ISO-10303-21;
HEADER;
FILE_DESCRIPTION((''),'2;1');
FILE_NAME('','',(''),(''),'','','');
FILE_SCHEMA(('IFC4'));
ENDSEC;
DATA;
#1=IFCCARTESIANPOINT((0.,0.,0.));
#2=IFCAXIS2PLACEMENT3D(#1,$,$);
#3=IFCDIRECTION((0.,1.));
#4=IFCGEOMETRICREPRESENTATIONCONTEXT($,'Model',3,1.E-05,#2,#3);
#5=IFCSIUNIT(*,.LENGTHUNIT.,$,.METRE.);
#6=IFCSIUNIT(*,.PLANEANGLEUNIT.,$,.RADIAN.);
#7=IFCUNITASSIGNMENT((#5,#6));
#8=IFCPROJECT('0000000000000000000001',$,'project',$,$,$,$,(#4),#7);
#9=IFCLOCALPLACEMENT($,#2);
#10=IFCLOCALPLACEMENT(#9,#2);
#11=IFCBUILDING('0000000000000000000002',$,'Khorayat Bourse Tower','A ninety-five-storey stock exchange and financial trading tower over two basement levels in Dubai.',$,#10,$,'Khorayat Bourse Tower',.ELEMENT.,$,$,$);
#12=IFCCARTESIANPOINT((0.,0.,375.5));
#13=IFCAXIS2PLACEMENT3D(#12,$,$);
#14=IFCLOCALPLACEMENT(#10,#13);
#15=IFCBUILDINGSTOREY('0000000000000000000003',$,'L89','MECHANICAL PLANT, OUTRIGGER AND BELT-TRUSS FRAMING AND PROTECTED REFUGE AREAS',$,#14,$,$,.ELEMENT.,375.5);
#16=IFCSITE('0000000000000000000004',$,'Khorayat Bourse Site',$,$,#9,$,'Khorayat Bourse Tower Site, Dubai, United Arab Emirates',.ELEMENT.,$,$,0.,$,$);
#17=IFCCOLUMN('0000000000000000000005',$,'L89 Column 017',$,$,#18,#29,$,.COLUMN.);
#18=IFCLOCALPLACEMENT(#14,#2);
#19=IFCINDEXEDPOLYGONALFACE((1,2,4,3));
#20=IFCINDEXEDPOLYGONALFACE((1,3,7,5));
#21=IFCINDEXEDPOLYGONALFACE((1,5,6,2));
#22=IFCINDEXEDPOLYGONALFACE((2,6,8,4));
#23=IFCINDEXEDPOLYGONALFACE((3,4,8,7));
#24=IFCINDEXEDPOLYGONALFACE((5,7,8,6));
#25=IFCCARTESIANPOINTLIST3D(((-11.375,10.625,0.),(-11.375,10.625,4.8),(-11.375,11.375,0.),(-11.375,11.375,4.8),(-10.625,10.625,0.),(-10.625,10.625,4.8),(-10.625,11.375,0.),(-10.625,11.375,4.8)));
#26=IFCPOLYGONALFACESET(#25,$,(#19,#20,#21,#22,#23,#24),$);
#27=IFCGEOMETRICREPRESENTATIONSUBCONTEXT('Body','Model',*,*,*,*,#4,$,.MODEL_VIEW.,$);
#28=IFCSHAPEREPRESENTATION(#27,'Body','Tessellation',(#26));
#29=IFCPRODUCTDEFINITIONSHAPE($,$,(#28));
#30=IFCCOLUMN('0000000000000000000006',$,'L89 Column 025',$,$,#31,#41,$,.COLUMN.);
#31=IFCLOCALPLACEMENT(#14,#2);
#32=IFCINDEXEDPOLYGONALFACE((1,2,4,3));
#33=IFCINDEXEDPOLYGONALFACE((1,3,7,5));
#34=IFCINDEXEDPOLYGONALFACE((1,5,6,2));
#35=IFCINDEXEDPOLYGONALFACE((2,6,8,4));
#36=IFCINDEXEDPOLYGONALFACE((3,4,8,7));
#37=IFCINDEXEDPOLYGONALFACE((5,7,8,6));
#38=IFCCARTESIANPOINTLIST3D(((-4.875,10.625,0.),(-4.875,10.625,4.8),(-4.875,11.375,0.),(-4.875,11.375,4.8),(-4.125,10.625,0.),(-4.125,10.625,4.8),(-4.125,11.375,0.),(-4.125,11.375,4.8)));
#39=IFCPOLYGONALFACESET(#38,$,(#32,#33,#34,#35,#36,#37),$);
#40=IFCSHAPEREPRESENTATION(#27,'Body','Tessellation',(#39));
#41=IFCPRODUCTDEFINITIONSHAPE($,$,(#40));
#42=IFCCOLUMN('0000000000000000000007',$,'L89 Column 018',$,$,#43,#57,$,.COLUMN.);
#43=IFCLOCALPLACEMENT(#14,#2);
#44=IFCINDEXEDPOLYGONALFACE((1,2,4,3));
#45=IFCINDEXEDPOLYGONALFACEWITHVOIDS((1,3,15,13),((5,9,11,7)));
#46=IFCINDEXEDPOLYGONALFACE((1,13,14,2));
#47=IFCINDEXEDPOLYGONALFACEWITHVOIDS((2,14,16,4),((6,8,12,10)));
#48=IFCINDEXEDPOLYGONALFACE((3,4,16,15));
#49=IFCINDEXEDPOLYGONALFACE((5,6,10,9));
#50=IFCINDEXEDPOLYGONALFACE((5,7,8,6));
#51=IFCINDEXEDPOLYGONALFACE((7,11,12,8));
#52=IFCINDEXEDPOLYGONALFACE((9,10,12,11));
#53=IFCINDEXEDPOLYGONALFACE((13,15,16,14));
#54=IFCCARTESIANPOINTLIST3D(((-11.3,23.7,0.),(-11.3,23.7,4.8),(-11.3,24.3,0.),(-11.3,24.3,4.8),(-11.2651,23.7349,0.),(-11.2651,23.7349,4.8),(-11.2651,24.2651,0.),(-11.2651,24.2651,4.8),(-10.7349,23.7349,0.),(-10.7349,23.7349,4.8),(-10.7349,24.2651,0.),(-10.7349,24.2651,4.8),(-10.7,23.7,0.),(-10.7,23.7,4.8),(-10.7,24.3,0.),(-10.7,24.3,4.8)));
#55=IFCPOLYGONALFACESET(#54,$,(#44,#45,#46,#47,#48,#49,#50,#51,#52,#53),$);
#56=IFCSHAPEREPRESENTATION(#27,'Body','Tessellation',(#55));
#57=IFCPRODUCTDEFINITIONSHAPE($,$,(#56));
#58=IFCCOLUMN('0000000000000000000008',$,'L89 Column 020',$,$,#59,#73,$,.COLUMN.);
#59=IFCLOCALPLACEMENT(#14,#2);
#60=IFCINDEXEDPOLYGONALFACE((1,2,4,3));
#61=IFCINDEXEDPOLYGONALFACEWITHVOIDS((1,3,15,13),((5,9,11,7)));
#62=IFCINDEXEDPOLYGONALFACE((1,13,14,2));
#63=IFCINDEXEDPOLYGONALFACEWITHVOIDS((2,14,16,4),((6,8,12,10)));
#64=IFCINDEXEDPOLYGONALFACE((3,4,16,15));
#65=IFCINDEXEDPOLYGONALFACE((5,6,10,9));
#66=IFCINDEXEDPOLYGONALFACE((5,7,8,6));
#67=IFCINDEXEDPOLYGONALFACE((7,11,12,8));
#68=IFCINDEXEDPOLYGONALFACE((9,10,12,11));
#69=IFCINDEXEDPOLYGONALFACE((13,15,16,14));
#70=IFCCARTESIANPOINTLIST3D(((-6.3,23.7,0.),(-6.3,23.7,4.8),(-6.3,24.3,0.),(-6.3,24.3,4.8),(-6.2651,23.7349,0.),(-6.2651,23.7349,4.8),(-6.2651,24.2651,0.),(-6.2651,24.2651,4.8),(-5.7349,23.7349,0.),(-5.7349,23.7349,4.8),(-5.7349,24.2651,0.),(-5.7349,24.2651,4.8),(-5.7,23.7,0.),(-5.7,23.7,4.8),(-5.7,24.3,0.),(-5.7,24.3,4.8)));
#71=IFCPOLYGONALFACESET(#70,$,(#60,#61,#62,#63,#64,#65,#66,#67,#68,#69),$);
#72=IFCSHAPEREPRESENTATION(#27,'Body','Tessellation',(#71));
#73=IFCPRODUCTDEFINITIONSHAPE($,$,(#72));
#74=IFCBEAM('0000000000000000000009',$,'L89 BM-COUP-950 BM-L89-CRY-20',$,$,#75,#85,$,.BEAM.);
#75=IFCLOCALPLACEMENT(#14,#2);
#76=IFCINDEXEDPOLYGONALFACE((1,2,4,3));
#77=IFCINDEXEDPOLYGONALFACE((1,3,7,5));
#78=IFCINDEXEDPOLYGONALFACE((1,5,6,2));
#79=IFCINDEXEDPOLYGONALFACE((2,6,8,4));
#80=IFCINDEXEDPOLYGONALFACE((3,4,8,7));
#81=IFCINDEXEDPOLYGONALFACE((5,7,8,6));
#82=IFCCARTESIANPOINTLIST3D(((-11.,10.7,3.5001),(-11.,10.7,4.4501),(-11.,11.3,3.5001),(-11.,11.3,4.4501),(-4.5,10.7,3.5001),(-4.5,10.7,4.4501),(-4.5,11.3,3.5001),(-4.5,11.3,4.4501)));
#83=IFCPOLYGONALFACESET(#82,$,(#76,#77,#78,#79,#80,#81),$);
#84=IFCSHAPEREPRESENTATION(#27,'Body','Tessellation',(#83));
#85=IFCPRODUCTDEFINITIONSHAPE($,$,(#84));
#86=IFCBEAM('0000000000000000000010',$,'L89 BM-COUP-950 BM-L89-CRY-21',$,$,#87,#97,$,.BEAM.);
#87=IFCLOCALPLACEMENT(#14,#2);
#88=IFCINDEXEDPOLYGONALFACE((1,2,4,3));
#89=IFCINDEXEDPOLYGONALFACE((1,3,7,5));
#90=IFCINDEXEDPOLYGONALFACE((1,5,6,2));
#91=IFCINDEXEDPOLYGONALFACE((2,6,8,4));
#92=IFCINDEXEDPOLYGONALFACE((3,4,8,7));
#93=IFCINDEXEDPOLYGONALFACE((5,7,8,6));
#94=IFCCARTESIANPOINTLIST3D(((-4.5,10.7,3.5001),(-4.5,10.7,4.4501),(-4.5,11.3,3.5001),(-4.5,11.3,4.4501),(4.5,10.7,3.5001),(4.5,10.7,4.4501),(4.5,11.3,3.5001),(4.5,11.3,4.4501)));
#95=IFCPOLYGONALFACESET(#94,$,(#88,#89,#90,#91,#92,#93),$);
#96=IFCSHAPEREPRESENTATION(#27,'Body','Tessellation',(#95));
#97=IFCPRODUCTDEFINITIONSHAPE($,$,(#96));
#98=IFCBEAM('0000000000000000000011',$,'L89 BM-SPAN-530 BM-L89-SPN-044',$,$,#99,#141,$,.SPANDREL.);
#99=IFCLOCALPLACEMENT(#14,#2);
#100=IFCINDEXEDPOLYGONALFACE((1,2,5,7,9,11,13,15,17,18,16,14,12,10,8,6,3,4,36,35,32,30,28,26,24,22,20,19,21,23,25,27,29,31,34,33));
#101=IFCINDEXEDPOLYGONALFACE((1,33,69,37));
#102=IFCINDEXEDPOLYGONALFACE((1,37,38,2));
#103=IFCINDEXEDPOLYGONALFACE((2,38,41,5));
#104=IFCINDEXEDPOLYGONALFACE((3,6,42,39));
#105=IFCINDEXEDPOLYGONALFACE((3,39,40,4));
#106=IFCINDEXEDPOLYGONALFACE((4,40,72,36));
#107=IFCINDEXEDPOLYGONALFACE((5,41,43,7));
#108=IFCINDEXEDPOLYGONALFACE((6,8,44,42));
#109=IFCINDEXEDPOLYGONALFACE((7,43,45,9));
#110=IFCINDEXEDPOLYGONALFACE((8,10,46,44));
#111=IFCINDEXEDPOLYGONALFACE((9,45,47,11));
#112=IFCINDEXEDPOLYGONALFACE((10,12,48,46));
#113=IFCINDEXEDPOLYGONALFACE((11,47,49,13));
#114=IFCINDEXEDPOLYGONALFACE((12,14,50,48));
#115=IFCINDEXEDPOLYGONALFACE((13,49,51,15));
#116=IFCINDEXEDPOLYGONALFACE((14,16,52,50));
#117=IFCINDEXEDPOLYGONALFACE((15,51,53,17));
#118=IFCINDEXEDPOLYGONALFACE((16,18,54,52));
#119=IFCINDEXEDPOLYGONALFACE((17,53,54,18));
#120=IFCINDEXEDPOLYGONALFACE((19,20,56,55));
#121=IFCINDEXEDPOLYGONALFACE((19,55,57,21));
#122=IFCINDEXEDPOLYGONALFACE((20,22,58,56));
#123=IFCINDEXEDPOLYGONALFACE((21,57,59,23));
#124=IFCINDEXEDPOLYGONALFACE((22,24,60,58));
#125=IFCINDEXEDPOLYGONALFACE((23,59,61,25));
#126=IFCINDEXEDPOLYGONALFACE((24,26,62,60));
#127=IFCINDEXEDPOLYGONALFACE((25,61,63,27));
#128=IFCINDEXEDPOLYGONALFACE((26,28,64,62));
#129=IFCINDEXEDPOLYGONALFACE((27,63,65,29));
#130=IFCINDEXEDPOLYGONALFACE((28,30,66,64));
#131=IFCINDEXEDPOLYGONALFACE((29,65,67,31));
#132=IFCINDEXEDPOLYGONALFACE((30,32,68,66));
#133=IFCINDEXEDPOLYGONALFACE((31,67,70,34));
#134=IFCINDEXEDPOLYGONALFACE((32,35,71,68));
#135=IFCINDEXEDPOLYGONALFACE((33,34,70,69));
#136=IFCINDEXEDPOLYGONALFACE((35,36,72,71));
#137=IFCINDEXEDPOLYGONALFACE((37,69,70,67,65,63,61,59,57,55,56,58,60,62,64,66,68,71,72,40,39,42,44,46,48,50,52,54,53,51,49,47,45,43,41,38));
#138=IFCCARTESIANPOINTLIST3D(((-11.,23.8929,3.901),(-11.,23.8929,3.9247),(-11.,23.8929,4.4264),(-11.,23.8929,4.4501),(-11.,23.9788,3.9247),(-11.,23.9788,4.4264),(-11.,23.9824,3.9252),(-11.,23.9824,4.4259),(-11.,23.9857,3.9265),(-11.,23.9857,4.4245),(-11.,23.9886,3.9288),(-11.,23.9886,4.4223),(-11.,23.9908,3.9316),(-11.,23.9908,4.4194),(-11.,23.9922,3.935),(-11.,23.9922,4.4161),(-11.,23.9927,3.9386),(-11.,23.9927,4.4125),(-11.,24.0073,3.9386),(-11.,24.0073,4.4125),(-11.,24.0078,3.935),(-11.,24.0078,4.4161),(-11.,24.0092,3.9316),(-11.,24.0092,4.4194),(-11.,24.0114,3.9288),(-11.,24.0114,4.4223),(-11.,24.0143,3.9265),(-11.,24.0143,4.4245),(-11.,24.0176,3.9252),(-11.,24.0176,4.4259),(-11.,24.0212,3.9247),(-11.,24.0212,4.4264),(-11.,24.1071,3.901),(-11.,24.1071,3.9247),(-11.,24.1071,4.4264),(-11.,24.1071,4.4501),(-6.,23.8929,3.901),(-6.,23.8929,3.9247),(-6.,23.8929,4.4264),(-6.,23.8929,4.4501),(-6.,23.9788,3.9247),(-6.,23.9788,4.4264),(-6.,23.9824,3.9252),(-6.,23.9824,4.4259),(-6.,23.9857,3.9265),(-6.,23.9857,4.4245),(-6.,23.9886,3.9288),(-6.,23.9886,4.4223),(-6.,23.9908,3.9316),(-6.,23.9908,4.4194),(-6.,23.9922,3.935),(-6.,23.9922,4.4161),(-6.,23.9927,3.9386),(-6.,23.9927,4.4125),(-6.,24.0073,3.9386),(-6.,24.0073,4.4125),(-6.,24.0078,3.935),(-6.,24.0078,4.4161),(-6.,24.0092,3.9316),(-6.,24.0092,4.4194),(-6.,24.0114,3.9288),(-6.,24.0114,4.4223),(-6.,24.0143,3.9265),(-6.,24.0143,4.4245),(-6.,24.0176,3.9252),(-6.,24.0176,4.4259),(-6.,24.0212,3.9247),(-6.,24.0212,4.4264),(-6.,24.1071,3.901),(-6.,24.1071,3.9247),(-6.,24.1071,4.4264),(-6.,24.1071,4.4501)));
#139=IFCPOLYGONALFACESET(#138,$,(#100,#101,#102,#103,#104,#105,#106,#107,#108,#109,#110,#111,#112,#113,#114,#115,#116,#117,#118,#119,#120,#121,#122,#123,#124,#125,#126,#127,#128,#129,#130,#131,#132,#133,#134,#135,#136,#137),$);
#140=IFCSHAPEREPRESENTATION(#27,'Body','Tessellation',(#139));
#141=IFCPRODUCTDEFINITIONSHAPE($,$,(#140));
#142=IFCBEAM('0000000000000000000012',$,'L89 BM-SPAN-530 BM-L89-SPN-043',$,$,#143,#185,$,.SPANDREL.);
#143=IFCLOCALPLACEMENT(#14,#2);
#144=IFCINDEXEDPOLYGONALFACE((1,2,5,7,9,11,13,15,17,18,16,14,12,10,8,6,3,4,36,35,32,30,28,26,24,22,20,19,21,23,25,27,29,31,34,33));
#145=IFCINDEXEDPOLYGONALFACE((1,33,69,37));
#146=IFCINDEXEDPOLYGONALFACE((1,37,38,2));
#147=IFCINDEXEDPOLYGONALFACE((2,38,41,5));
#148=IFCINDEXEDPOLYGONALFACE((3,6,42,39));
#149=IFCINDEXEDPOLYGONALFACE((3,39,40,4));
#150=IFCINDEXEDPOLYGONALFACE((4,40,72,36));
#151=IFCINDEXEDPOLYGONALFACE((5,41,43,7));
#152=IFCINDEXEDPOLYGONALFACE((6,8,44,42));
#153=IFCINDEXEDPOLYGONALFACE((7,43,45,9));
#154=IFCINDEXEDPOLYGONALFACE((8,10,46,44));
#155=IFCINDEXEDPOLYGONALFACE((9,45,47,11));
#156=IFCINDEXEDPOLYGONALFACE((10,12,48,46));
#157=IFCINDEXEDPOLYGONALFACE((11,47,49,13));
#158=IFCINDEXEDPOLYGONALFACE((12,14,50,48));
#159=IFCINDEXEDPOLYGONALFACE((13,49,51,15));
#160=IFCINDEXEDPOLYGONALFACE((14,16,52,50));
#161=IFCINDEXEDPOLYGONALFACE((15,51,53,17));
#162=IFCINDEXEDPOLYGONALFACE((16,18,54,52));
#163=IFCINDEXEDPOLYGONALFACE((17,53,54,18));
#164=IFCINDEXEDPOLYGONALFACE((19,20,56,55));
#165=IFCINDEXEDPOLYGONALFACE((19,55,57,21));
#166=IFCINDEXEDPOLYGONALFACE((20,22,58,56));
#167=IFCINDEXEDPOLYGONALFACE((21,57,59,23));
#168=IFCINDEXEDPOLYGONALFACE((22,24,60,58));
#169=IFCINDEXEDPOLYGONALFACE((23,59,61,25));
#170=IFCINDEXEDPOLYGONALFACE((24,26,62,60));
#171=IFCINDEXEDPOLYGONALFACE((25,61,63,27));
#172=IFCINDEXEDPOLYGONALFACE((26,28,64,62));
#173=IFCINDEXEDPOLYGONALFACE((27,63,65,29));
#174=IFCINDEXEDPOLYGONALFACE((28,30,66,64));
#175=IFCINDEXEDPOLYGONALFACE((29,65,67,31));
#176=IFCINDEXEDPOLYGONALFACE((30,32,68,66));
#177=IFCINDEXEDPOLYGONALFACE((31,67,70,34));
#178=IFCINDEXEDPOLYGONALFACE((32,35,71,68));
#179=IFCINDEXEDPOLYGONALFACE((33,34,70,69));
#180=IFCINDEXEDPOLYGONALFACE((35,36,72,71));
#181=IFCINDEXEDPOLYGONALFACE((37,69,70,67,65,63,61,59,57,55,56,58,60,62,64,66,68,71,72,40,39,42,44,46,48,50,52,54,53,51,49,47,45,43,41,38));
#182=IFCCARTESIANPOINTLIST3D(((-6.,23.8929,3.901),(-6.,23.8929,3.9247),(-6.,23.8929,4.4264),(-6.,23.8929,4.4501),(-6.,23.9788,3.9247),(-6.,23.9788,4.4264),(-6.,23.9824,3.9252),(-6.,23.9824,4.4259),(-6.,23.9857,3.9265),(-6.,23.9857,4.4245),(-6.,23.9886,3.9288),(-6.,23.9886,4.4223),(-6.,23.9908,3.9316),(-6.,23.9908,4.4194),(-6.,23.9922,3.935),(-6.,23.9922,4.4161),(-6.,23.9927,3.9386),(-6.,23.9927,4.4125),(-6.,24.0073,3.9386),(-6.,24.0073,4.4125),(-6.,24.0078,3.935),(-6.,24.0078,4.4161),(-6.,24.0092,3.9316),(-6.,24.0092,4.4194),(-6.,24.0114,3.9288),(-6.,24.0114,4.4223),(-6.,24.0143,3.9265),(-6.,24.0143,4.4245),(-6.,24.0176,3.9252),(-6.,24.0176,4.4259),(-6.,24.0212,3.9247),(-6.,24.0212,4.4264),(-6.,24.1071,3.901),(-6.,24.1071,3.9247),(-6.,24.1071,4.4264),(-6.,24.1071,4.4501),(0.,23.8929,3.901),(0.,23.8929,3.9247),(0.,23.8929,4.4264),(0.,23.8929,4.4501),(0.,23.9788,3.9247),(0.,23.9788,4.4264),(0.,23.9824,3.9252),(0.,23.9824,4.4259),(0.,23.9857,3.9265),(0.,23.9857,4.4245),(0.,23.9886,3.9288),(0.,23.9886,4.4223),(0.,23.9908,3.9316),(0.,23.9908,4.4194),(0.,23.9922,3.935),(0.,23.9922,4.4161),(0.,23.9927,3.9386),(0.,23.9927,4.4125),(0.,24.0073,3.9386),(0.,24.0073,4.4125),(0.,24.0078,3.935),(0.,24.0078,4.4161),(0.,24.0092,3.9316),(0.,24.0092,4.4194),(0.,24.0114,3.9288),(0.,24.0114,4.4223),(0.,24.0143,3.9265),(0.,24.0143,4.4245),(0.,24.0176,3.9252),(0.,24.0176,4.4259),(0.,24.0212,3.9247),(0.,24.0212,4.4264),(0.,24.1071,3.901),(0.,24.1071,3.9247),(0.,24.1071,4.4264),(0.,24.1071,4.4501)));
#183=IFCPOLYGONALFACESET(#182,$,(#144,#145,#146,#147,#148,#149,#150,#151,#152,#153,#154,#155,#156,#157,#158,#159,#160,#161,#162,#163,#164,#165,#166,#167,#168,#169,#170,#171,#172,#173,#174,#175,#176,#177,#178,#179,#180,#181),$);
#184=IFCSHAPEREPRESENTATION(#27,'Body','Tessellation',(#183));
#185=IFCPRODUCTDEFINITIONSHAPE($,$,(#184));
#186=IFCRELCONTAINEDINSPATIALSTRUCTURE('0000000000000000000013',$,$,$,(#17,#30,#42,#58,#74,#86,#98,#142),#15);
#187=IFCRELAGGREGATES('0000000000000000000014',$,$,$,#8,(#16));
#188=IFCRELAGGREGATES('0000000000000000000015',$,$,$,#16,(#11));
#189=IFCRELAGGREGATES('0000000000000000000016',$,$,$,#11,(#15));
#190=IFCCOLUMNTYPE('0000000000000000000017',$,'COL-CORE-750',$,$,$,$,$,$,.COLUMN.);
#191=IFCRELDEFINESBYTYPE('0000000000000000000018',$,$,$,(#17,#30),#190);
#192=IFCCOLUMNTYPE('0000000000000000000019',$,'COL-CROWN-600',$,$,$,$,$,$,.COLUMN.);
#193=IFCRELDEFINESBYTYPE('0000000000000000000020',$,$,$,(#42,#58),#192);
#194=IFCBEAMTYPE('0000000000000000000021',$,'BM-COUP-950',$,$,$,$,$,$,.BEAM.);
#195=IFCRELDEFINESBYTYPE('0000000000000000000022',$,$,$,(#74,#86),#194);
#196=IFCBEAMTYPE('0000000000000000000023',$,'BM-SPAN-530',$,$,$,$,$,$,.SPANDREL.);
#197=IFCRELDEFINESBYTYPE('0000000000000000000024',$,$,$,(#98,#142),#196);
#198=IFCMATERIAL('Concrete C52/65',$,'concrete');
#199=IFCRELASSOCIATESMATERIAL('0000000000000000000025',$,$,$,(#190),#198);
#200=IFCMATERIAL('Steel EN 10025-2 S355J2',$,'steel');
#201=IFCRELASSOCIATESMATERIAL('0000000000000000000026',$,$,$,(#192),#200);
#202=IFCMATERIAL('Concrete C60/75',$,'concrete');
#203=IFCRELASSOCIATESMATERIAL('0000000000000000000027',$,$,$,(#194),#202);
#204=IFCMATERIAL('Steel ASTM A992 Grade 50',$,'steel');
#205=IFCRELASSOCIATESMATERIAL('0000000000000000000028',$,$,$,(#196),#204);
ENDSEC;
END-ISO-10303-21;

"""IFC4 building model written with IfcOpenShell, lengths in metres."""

from ifc_helpers import new_model, si_unit, direction, frame, origin, origin_2d, place, context, subcontext, project, spatial, rectangle, hollow_rectangle, i_section, extrude, source, transform, mapped, material, material_profile, profile_set, type_object, element, save


model = new_model("IFC4")

# Units and contexts
model_context = context("Model", 3, precision=1e-05, world=origin(), true_north=direction((0.0, 1.0)))
body_context = subcontext(model_context, "Body", "Model", "MODEL_VIEW")
ifc_project = project(units=[si_unit("LENGTHUNIT", "METRE"), si_unit("PLANEANGLEUNIT", "RADIAN")], contexts=[model_context])

# Site, building, storey
site_placement = place(None, origin())
site = spatial("IfcSite", under=ifc_project, at=site_placement, Name="Khorayat Bourse Site", LongName="Khorayat Bourse Tower Site, Dubai, United Arab Emirates", CompositionType="ELEMENT", RefElevation=0.0)
building_placement = place(site_placement, origin())
building = spatial("IfcBuilding", under=site, at=building_placement, Name="Khorayat Bourse Tower", Description="A ninety-five-storey stock exchange and financial trading tower over two basement levels in Dubai.", LongName="Khorayat Bourse Tower", CompositionType="ELEMENT")
storey_placement = place(building_placement, frame((0.0, 0.0, 375.5)))
storey = spatial("IfcBuildingStorey", under=building, at=storey_placement, Name="L89", Description="MECHANICAL PLANT, OUTRIGGER AND BELT-TRUSS FRAMING AND PROTECTED REFUGE AREAS", CompositionType="ELEMENT", Elevation=375.5)

# Columns
ifc_material_1 = material(Name="Concrete C52/65", Category="concrete")
ifc_material_profile_1 = material_profile(ifc_material_1, rectangle(XDim=0.75, YDim=0.75, at=origin_2d()), Name="RC 750x750")
ifc_profile_set_1 = profile_set([ifc_material_profile_1], Name="Concrete C52/65")
column_type_1 = type_object("IfcColumnType", Name="COL-CORE-750", PredefinedType="COLUMN", material=ifc_profile_set_1)
shared_shape_1 = source(origin(), body_context, "Body", "SweptSolid", [
    extrude(rectangle(XDim=0.75, YDim=0.75, at=origin_2d()), origin(), (0.0, 0.0, 1.0), 4.8),
])
for number, where, z_axis, x_axis, name in (
    (1, (-11.0, 11.0, 0.0), (0.0, 0.0, 1.0), (1.0, 0.0, 0.0), "L89 Column 017"),
    (2, (-4.5, 11.0, 0.0), (0.0, 0.0, 1.0), (1.0, 0.0, 0.0), "L89 Column 025"),
):
    element("IfcColumn", number, at=place(storey_placement, frame(where, z_axis=z_axis, x_axis=x_axis)), inside=storey, type_object=column_type_1, Name=name, PredefinedType="COLUMN", context=body_context, shape_type="MappedRepresentation", body=[
        mapped(shared_shape_1, transform((0.0, 0.0, 0.0), scale=1.0)),
    ])
ifc_material_2 = material(Name="Steel EN 10025-2 S355J2", Category="steel")
ifc_material_profile_2 = material_profile(ifc_material_2, hollow_rectangle(XDim=0.6001, YDim=0.6001, WallThickness=0.0349, at=origin_2d()), Name="BOX 600x600x35")
ifc_profile_set_2 = profile_set([ifc_material_profile_2], Name="Steel EN 10025-2 S355J2")
column_type_2 = type_object("IfcColumnType", Name="COL-CROWN-600", PredefinedType="COLUMN", material=ifc_profile_set_2)
shared_shape_2 = source(origin(), body_context, "Body", "SweptSolid", [
    extrude(hollow_rectangle(XDim=0.6001, YDim=0.6001, WallThickness=0.0349, at=origin_2d()), origin(), (0.0, 0.0, 1.0), 4.8),
])
for number, where, z_axis, x_axis, name in (
    (3, (-11.0, 24.0, 0.0), (0.0, 0.0, 1.0), (1.0, 0.0, 0.0), "L89 Column 018"),
    (4, (-6.0, 24.0, 0.0), (0.0, 0.0, 1.0), (1.0, 0.0, 0.0), "L89 Column 020"),
):
    element("IfcColumn", number, at=place(storey_placement, frame(where, z_axis=z_axis, x_axis=x_axis)), inside=storey, type_object=column_type_2, Name=name, PredefinedType="COLUMN", context=body_context, shape_type="MappedRepresentation", body=[
        mapped(shared_shape_2, transform((0.0, 0.0, 0.0), scale=1.0)),
    ])

# Beams
ifc_material_3 = material(Name="Concrete C60/75", Category="concrete")
ifc_material_profile_3 = material_profile(ifc_material_3, rectangle(XDim=0.6001, YDim=0.95, at=origin_2d()), Name="RC 600x950")
ifc_profile_set_3 = profile_set([ifc_material_profile_3], Name="Concrete C60/75")
beam_type_1 = type_object("IfcBeamType", Name="BM-COUP-950", PredefinedType="BEAM", material=ifc_profile_set_3)
shared_shape_3 = source(origin(), body_context, "Body", "SweptSolid", [
    extrude(rectangle(XDim=0.6001, YDim=0.95, at=origin_2d()), origin(), (0.0, 0.0, 1.0), 6.5),
])
beam_1_placement = place(storey_placement, frame((-11.0, 11.0, 3.9751), z_axis=(1.0, 0.0, 0.0), x_axis=(0.0, 1.0, 0.0)))
element("IfcBeam", 5, at=beam_1_placement, inside=storey, type_object=beam_type_1, Name="L89 BM-COUP-950 BM-L89-CRY-20", PredefinedType="BEAM", context=body_context, shape_type="MappedRepresentation", body=[
    mapped(shared_shape_3, transform((0.0, 0.0, 0.0), scale=1.0)),
])
shared_shape_4 = source(origin(), body_context, "Body", "SweptSolid", [
    extrude(rectangle(XDim=0.6001, YDim=0.95, at=origin_2d()), origin(), (0.0, 0.0, 1.0), 9.0),
])
beam_2_placement = place(storey_placement, frame((-4.5, 11.0, 3.9751), z_axis=(1.0, 0.0, 0.0), x_axis=(0.0, 1.0, 0.0)))
element("IfcBeam", 6, at=beam_2_placement, inside=storey, type_object=beam_type_1, Name="L89 BM-COUP-950 BM-L89-CRY-21", PredefinedType="BEAM", context=body_context, shape_type="MappedRepresentation", body=[
    mapped(shared_shape_4, transform((0.0, 0.0, 0.0), scale=1.0)),
])
ifc_material_4 = material(Name="Steel ASTM A992 Grade 50", Category="steel")
ifc_material_profile_4 = material_profile(ifc_material_4, i_section(OverallWidth=0.2141, OverallDepth=0.5491, WebThickness=0.0146, FlangeThickness=0.0237, FilletRadius=0.0139, at=origin_2d()), Name="W530X138")
ifc_profile_set_4 = profile_set([ifc_material_profile_4], Name="Steel ASTM A992 Grade 50")
beam_type_2 = type_object("IfcBeamType", Name="BM-SPAN-530", PredefinedType="SPANDREL", material=ifc_profile_set_4)
shared_shape_5 = source(origin(), body_context, "Body", "SweptSolid", [
    extrude(i_section(OverallWidth=0.2141, OverallDepth=0.5491, WebThickness=0.0146, FlangeThickness=0.0237, FilletRadius=0.0139, at=origin_2d()), origin(), (0.0, 0.0, 1.0), 5.0),
])
beam_3_placement = place(storey_placement, frame((-11.0, 24.0, 4.1755), z_axis=(1.0, 0.0, 0.0), x_axis=(0.0, 1.0, 0.0)))
element("IfcBeam", 7, at=beam_3_placement, inside=storey, type_object=beam_type_2, Name="L89 BM-SPAN-530 BM-L89-SPN-044", PredefinedType="SPANDREL", context=body_context, shape_type="MappedRepresentation", body=[
    mapped(shared_shape_5, transform((0.0, 0.0, 0.0), scale=1.0)),
])
shared_shape_6 = source(origin(), body_context, "Body", "SweptSolid", [
    extrude(i_section(OverallWidth=0.2141, OverallDepth=0.5491, WebThickness=0.0146, FlangeThickness=0.0237, FilletRadius=0.0139, at=origin_2d()), origin(), (0.0, 0.0, 1.0), 6.0),
])
beam_4_placement = place(storey_placement, frame((-6.0, 24.0, 4.1755), z_axis=(1.0, 0.0, 0.0), x_axis=(0.0, 1.0, 0.0)))
element("IfcBeam", 8, at=beam_4_placement, inside=storey, type_object=beam_type_2, Name="L89 BM-SPAN-530 BM-L89-SPN-043", PredefinedType="SPANDREL", context=body_context, shape_type="MappedRepresentation", body=[
    mapped(shared_shape_6, transform((0.0, 0.0, 0.0), scale=1.0)),
])

save(model, "model.ifc")
